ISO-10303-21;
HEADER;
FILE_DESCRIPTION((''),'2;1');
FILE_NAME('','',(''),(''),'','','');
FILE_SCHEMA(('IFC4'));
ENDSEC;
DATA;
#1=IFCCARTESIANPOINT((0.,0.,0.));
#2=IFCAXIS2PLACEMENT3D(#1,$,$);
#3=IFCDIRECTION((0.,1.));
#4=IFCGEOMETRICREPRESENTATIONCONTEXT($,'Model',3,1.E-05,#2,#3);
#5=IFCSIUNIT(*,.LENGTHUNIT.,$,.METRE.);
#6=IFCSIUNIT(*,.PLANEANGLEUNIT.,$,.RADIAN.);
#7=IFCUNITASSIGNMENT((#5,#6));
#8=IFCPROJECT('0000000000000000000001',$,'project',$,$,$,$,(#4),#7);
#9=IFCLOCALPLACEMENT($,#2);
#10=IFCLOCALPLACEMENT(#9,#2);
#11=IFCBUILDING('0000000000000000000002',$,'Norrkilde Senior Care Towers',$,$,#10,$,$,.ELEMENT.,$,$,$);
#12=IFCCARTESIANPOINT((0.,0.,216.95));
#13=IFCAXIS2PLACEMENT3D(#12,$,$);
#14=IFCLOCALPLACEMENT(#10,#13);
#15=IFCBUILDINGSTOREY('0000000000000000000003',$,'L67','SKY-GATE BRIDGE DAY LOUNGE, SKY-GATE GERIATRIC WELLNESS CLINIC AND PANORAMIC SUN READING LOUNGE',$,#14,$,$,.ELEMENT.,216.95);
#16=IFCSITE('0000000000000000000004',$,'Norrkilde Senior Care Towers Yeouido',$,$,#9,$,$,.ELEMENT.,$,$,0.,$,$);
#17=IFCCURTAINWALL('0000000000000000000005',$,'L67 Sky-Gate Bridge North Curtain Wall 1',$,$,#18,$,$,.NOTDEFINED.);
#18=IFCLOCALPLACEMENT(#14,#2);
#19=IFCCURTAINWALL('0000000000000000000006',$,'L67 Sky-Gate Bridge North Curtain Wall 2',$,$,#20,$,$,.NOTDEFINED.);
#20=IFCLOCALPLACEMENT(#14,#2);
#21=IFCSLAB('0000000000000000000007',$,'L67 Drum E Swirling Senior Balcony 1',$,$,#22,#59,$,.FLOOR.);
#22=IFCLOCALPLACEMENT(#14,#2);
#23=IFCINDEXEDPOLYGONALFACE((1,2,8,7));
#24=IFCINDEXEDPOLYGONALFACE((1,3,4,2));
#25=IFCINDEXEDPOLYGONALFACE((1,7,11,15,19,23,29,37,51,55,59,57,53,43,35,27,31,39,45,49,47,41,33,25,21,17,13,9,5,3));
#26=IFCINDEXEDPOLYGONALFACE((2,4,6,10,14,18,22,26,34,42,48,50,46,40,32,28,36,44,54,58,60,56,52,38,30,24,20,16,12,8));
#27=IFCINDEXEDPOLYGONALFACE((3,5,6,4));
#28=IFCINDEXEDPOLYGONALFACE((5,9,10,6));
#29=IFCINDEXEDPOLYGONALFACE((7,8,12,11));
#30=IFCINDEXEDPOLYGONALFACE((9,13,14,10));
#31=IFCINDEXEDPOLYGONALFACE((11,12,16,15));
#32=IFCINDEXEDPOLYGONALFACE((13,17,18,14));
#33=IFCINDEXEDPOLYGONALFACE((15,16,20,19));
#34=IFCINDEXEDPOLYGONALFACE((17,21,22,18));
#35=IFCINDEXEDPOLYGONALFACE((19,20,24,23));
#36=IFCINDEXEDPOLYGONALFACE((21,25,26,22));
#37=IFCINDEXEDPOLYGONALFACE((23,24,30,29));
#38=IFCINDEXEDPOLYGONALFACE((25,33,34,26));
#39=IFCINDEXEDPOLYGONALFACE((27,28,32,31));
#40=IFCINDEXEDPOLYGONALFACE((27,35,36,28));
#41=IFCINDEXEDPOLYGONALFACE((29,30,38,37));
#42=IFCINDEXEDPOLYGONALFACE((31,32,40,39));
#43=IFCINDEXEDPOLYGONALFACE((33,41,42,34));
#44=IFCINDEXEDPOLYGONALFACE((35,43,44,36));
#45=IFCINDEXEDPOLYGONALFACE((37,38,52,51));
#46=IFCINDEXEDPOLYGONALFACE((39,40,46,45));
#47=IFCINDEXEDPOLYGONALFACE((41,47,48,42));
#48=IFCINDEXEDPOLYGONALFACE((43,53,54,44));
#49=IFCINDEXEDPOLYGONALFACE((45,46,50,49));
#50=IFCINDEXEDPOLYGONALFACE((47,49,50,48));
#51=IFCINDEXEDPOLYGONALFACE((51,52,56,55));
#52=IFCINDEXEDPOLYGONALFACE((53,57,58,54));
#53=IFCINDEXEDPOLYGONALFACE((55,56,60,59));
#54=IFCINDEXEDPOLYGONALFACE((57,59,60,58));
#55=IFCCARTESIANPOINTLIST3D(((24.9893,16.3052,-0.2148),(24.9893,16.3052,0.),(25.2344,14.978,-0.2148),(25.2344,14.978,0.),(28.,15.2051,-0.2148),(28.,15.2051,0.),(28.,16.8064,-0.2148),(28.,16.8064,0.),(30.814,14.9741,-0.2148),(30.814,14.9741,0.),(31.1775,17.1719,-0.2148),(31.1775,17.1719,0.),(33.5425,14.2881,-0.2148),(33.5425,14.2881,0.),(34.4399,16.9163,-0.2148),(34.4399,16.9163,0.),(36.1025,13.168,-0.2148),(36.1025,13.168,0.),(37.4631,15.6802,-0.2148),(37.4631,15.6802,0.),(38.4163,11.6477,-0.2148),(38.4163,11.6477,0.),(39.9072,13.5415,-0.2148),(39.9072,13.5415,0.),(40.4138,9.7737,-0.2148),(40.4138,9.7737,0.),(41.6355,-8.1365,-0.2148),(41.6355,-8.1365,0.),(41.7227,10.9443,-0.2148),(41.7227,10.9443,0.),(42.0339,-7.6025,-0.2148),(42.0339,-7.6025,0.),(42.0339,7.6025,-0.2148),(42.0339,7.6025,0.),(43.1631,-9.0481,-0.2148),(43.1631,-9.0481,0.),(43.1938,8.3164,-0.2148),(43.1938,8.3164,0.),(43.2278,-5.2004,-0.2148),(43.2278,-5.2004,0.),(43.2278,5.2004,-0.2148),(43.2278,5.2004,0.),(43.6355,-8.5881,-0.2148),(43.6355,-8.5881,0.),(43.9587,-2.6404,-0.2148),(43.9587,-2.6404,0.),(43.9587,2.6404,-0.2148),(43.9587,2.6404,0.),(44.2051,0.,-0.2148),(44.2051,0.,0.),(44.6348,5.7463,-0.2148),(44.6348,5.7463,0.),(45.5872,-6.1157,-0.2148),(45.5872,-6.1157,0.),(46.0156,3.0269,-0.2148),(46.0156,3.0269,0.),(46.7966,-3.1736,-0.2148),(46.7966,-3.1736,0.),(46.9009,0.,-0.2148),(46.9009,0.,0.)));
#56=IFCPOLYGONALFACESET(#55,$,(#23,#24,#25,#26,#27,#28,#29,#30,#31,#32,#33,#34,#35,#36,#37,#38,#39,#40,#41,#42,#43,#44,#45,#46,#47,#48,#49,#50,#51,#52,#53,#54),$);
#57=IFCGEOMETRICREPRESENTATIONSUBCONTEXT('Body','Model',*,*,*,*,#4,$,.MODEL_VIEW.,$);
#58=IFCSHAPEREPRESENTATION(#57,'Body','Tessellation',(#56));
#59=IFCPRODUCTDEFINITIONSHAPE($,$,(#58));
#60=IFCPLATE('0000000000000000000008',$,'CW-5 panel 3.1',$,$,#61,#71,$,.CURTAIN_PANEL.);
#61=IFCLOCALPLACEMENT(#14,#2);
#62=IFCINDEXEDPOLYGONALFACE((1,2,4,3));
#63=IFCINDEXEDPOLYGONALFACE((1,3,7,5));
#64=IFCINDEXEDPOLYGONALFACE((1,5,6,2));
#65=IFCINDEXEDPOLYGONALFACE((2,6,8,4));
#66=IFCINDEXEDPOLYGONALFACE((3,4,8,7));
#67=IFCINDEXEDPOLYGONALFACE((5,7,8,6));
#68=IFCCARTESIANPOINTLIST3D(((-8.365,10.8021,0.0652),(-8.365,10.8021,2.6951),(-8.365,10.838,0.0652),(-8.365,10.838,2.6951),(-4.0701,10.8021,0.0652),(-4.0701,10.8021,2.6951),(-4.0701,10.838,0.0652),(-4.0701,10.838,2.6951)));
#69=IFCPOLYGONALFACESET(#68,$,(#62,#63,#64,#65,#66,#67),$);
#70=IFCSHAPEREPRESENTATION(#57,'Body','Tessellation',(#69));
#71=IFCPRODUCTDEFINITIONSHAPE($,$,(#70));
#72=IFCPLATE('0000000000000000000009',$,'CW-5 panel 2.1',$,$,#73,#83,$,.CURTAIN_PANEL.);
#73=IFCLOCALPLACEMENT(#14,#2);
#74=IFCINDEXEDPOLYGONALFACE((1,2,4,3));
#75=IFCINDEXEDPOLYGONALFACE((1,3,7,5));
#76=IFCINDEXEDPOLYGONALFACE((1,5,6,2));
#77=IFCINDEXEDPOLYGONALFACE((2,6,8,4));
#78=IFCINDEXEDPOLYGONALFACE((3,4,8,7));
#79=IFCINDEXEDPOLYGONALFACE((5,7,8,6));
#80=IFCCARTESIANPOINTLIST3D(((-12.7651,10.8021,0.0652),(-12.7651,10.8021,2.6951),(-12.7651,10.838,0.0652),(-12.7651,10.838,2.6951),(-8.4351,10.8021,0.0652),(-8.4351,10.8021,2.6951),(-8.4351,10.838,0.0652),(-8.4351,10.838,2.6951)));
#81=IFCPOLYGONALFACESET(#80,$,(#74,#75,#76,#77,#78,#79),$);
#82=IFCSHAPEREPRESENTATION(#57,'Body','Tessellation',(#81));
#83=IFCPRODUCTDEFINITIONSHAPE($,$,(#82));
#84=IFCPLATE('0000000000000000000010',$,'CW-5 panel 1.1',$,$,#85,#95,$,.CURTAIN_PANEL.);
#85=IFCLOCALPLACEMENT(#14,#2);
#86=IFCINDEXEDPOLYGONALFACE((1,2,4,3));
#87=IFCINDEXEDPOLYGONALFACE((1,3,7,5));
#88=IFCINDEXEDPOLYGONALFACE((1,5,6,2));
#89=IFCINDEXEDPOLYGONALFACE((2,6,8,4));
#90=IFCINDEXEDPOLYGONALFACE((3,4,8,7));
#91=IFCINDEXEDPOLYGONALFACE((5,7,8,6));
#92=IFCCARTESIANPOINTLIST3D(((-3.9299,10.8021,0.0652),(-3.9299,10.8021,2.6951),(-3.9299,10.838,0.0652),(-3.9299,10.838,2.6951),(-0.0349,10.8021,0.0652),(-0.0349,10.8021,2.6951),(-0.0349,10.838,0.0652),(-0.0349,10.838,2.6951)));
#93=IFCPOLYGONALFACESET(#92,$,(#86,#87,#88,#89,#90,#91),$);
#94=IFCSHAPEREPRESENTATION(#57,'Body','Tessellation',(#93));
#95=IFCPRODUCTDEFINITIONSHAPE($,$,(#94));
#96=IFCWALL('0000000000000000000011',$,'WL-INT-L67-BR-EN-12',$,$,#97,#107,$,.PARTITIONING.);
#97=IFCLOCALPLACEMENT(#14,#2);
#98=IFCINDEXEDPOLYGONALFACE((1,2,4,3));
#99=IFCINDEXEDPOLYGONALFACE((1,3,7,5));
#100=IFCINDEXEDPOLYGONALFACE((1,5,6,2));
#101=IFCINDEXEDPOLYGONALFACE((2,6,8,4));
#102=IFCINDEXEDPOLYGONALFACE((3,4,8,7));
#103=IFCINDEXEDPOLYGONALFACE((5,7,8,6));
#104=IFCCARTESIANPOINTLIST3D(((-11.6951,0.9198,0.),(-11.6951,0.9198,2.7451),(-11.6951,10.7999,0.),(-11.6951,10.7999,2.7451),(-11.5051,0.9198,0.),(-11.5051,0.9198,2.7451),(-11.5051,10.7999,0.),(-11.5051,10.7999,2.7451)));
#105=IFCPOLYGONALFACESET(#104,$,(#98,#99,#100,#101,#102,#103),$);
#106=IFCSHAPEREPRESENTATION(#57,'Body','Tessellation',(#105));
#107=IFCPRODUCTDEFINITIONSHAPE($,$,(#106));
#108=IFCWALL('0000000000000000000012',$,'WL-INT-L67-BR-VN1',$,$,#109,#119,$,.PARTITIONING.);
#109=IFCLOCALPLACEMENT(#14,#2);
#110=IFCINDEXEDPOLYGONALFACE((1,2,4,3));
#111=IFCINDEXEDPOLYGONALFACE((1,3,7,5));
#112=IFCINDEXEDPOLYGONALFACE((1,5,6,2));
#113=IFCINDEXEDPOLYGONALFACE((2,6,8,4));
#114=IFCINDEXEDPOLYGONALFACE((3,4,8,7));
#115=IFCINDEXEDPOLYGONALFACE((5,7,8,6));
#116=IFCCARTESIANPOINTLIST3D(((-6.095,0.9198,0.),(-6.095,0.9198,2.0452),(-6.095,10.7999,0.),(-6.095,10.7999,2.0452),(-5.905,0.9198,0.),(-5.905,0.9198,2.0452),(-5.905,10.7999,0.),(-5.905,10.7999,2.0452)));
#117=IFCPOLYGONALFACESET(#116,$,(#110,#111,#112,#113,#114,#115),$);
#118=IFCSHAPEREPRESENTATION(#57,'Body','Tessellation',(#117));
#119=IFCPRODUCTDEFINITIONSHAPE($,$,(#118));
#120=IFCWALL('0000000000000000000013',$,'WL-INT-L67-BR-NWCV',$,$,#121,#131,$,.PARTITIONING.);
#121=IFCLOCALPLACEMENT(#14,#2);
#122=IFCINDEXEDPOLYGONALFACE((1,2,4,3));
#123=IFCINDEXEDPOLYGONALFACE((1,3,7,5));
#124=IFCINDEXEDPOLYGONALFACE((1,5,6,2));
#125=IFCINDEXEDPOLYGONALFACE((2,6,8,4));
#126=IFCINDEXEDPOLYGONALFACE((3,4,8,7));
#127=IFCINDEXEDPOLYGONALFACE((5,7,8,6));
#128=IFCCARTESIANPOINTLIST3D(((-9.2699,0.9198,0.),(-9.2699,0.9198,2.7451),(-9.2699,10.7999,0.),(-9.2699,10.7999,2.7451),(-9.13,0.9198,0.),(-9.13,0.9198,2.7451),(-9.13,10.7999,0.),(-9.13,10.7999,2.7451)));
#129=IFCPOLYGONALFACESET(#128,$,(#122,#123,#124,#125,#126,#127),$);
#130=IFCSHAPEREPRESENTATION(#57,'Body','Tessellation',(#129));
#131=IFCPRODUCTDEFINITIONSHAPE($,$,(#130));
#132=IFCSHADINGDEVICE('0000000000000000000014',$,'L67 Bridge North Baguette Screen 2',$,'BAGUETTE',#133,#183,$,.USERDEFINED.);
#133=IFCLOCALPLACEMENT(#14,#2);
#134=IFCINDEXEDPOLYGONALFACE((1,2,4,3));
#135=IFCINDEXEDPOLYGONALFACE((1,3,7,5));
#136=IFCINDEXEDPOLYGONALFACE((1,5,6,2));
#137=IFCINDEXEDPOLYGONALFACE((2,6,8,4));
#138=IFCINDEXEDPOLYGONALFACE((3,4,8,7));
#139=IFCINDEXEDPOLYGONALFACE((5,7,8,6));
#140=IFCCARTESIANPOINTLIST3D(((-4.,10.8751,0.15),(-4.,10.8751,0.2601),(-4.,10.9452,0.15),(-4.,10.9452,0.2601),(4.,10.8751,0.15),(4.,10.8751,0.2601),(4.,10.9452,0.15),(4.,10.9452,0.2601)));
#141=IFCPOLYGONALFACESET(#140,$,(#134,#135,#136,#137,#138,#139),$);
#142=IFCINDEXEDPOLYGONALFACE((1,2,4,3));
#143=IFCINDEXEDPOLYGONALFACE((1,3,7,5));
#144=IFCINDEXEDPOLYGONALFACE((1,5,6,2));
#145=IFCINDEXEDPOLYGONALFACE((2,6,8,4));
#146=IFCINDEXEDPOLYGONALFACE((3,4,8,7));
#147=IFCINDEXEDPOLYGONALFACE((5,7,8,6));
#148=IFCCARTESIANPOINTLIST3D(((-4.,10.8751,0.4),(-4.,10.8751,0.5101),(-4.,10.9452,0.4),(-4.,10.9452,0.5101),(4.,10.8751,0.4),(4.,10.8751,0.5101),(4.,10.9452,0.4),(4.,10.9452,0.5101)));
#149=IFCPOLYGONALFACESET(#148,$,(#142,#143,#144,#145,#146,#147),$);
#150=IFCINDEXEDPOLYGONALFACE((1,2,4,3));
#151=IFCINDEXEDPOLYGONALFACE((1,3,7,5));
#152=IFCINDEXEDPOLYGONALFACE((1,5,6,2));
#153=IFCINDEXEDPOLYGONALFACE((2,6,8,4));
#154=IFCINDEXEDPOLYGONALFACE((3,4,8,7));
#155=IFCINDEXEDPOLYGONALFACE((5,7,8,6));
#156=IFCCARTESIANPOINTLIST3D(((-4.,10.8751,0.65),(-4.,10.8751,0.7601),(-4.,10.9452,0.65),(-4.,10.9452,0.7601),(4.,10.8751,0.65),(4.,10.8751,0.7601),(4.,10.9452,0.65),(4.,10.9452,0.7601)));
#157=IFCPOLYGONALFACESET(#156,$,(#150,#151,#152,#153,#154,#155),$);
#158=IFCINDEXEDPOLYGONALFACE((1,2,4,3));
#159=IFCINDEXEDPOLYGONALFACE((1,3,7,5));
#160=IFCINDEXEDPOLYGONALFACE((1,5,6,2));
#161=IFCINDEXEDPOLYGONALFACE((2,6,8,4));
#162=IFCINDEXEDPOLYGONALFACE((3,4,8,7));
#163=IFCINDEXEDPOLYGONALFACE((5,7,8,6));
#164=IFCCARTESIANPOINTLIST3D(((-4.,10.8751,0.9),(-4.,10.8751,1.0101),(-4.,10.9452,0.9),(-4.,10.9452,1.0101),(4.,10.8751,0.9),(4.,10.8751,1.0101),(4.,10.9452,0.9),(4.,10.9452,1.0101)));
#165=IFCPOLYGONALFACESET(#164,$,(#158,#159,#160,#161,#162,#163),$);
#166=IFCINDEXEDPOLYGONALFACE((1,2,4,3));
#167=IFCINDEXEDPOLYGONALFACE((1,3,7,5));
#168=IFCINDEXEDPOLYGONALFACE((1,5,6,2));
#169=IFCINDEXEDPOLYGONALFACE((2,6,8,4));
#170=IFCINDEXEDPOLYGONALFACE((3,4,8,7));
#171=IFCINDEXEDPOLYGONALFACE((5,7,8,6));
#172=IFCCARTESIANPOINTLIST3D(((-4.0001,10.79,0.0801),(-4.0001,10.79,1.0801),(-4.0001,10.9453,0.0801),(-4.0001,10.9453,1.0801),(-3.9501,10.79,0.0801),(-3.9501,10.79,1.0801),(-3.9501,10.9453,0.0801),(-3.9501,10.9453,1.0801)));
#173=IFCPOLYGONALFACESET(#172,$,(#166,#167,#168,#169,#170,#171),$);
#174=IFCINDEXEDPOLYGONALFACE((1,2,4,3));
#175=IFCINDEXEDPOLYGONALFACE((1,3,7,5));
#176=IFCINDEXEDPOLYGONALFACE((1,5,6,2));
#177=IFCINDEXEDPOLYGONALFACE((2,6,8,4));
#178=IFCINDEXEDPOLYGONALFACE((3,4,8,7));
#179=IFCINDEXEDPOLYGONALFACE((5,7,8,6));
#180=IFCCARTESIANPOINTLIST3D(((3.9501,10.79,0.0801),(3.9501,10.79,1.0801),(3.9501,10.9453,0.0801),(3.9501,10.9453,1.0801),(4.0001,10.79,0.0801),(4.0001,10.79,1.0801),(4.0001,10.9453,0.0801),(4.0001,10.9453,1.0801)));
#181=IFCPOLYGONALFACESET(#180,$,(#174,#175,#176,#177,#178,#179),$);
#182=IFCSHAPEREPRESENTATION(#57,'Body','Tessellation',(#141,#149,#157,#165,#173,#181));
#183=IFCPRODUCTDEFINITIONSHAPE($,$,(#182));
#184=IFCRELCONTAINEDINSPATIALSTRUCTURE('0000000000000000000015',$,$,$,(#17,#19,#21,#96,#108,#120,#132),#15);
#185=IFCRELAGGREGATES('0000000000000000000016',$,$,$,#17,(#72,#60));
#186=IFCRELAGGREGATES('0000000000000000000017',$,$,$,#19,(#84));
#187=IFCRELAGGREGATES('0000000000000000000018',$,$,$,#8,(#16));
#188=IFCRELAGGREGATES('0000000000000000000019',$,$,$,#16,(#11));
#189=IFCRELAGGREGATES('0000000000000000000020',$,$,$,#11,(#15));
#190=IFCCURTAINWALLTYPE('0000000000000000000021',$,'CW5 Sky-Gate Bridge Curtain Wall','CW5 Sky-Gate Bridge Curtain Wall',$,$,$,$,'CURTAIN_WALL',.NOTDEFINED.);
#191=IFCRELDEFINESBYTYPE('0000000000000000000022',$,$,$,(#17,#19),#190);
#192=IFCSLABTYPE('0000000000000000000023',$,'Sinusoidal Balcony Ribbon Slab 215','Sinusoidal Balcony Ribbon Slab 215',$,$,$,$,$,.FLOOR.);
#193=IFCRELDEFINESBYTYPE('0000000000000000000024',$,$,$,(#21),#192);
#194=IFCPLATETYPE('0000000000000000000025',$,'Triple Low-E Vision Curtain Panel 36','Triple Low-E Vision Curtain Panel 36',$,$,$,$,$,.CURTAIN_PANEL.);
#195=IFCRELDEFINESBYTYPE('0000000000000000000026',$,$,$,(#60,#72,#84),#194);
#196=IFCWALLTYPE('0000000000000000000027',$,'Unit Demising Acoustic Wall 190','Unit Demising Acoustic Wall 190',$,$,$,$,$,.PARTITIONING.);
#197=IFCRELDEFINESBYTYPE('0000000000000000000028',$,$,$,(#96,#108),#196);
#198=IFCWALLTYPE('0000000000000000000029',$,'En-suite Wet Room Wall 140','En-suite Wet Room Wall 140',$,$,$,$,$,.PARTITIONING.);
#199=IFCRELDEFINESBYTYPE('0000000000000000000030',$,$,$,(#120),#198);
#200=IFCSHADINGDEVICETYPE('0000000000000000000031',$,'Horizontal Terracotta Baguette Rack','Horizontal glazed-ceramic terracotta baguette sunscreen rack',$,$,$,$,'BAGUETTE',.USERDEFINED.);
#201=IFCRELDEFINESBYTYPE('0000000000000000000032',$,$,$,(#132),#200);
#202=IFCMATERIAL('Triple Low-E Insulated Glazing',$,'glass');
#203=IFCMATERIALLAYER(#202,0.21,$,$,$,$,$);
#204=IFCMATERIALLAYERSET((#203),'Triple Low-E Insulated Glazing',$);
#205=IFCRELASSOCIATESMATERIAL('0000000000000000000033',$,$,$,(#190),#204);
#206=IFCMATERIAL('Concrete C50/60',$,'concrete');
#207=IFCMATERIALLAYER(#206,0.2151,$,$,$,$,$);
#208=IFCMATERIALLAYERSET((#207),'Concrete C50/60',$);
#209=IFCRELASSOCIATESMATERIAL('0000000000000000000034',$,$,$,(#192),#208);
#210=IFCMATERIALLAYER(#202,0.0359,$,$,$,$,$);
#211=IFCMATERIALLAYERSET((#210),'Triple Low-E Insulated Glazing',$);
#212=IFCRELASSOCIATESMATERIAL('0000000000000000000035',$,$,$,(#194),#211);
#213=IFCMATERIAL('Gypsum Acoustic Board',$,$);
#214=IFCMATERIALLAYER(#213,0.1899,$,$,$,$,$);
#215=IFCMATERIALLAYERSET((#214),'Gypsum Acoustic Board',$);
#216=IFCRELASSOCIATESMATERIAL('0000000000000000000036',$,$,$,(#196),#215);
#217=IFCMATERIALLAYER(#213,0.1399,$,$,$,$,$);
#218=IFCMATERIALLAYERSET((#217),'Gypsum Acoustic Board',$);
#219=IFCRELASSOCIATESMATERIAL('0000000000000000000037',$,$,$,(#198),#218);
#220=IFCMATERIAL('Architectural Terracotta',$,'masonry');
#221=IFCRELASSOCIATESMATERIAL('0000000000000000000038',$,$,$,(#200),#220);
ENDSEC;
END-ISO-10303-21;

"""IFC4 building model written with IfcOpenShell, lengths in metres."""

from ifc_helpers import new_model, si_unit, direction, frame, frame_2d, origin, origin_2d, place, context, subcontext, project, spatial, polyline, rectangle, outline, extrude, source, transform, mapped, material, layer, layer_set, type_object, type_shapes, element, aggregate, save


model = new_model("IFC4")

# Units and contexts
model_context = context("Model", 3, precision=1e-05, world=origin(), true_north=direction((0.0, 1.0)))
body_context = subcontext(model_context, "Body", "Model", "MODEL_VIEW")
ifc_project = project(units=[si_unit("LENGTHUNIT", "METRE"), si_unit("PLANEANGLEUNIT", "RADIAN")], contexts=[model_context])

# Site, building, storey
site_placement = place(None, origin())
site = spatial("IfcSite", under=ifc_project, at=site_placement, Name="Norrkilde Senior Care Towers Yeouido", CompositionType="ELEMENT", RefElevation=0.0)
building_placement = place(site_placement, origin())
building = spatial("IfcBuilding", under=site, at=building_placement, Name="Norrkilde Senior Care Towers", CompositionType="ELEMENT")
storey_placement = place(building_placement, frame((0.0, 0.0, 216.95)))
storey = spatial("IfcBuildingStorey", under=building, at=storey_placement, Name="L67", Description="SKY-GATE BRIDGE DAY LOUNGE, SKY-GATE GERIATRIC WELLNESS CLINIC AND PANORAMIC SUN READING LOUNGE", CompositionType="ELEMENT", Elevation=216.95)

# Curtain walls
ifc_material_1 = material(Name="Triple Low-E Insulated Glazing", Category="glass")
ifc_layer_1 = layer(ifc_material_1, 0.21)
ifc_layer_set_1 = layer_set([ifc_layer_1], Name="Triple Low-E Insulated Glazing")
curtain_wall_type = type_object("IfcCurtainWallType", Name="CW5 Sky-Gate Bridge Curtain Wall", Description="CW5 Sky-Gate Bridge Curtain Wall", ElementType="CURTAIN_WALL", PredefinedType="NOTDEFINED", material=ifc_layer_set_1)
curtain_wall_1_placement = place(storey_placement, origin())
curtain_wall_1 = element("IfcCurtainWall", 1, at=curtain_wall_1_placement, inside=storey, type_object=curtain_wall_type, Name="L67 Sky-Gate Bridge North Curtain Wall 1", PredefinedType="NOTDEFINED")
curtain_wall_2_placement = place(storey_placement, origin())
curtain_wall_2 = element("IfcCurtainWall", 2, at=curtain_wall_2_placement, inside=storey, type_object=curtain_wall_type, Name="L67 Sky-Gate Bridge North Curtain Wall 2", PredefinedType="NOTDEFINED")

# Slab
ifc_material_2 = material(Name="Concrete C50/60", Category="concrete")
ifc_layer_2 = layer(ifc_material_2, 0.2151)
ifc_layer_set_2 = layer_set([ifc_layer_2], Name="Concrete C50/60")
slab_type_1 = type_object("IfcSlabType", Name="Sinusoidal Balcony Ribbon Slab 215", Description="Sinusoidal Balcony Ribbon Slab 215", PredefinedType="FLOOR", material=ifc_layer_set_2)
slab_1_placement = place(storey_placement, frame((0.0, 0.0, -0.2148)))
element("IfcSlab", 3, at=slab_1_placement, inside=storey, type_object=slab_type_1, Name="L67 Drum E Swirling Senior Balcony 1", PredefinedType="FLOOR", context=body_context, shape_type="SweptSolid", body=[
    extrude(outline(polyline([(43.1631, -9.0481), (41.6355, -8.1365), (42.0339, -7.6025), (43.2278, -5.2004), (43.9587, -2.6404), (44.2051, 0.0), (43.9587, 2.6404), (43.2278, 5.2004), (42.0339, 7.6025), (40.4138, 9.7737), (38.4163, 11.6477), (36.1025, 13.168), (33.5425, 14.2881), (30.814, 14.9741), (28.0, 15.2051), (25.2344, 14.978), (24.9893, 16.3052), (28.0, 16.8064), (31.1775, 17.1719), (34.4399, 16.9163), (37.4631, 15.6802), (39.9072, 13.5415), (41.7227, 10.9443), (43.1938, 8.3164), (44.6348, 5.7463), (46.0156, 3.0269), (46.9009, 0.0), (46.7966, -3.1736), (45.5872, -6.1157), (43.6355, -8.5881), (43.1631, -9.0481)])), origin(), (0.0, 0.0, 1.0), 0.2148),
])

# Plates
ifc_layer_3 = layer(ifc_material_1, 0.0359)
ifc_layer_set_3 = layer_set([ifc_layer_3], Name="Triple Low-E Insulated Glazing")
plate_type = type_object("IfcPlateType", Name="Triple Low-E Vision Curtain Panel 36", Description="Triple Low-E Vision Curtain Panel 36", PredefinedType="CURTAIN_PANEL", material=ifc_layer_set_3)
shared_shape_1 = source(origin(), body_context, "Body", "SweptSolid", [
    extrude(rectangle(XDim=4.2949, YDim=0.0359, at=origin_2d()), origin(), (0.0, 0.0, 1.0), 2.6299),
])
plate_1_placement = place(storey_placement, frame((-6.2175, 10.8201, 0.0652), z_axis=(0.0, 0.0, 1.0), x_axis=(1.0, 0.0, 0.0)))
plate_1 = element("IfcPlate", 4, at=plate_1_placement, type_object=plate_type, Name="CW-5 panel 3.1", PredefinedType="CURTAIN_PANEL", context=body_context, shape_type="MappedRepresentation", body=[
    mapped(shared_shape_1, transform((0.0, 0.0, 0.0), x_axis=(1.0, 0.0, 0.0), y_axis=(0.0, 1.0, 0.0), z_axis=(0.0, 0.0, 1.0), scale=1.0)),
])
shared_shape_2 = source(origin(), body_context, "Body", "SweptSolid", [
    extrude(rectangle(XDim=4.3301, YDim=0.0359, at=origin_2d()), origin(), (0.0, 0.0, 1.0), 2.6299),
])
plate_2_placement = place(storey_placement, frame((-10.6001, 10.8201, 0.0652), z_axis=(0.0, 0.0, 1.0), x_axis=(1.0, 0.0, 0.0)))
plate_2 = element("IfcPlate", 5, at=plate_2_placement, type_object=plate_type, Name="CW-5 panel 2.1", PredefinedType="CURTAIN_PANEL", context=body_context, shape_type="MappedRepresentation", body=[
    mapped(shared_shape_2, transform((0.0, 0.0, 0.0), x_axis=(1.0, 0.0, 0.0), y_axis=(0.0, 1.0, 0.0), z_axis=(0.0, 0.0, 1.0), scale=1.0)),
])
aggregate(curtain_wall_1, [plate_2, plate_1])
shared_shape_3 = source(origin(), body_context, "Body", "SweptSolid", [
    extrude(rectangle(XDim=3.895, YDim=0.0359, at=origin_2d()), origin(), (0.0, 0.0, 1.0), 2.6299),
])
type_shapes(plate_type, [shared_shape_1, shared_shape_2, shared_shape_3])
plate_3_placement = place(storey_placement, frame((-1.9824, 10.8201, 0.0652), z_axis=(0.0, 0.0, 1.0), x_axis=(1.0, 0.0, 0.0)))
plate_3 = element("IfcPlate", 6, at=plate_3_placement, type_object=plate_type, Name="CW-5 panel 1.1", PredefinedType="CURTAIN_PANEL", context=body_context, shape_type="MappedRepresentation", body=[
    mapped(shared_shape_3, transform((0.0, 0.0, 0.0), x_axis=(1.0, 0.0, 0.0), y_axis=(0.0, 1.0, 0.0), z_axis=(0.0, 0.0, 1.0), scale=1.0)),
])
aggregate(curtain_wall_2, [plate_3])

# Walls
ifc_material_3 = material(Name="Gypsum Acoustic Board")
ifc_layer_4 = layer(ifc_material_3, 0.1899)
ifc_layer_set_4 = layer_set([ifc_layer_4], Name="Gypsum Acoustic Board")
wall_type_1 = type_object("IfcWallType", Name="Unit Demising Acoustic Wall 190", Description="Unit Demising Acoustic Wall 190", PredefinedType="PARTITIONING", material=ifc_layer_set_4)
shared_shape_4 = source(origin(), body_context, "Body", "SweptSolid", [
    extrude(rectangle(XDim=9.8801, YDim=0.1899, at=frame_2d((4.9399, 0.0))), origin(), (0.0, 0.0, 1.0), 2.7451),
])
wall_1_placement = place(storey_placement, frame((-11.6001, 0.9199, 0.0), z_axis=(0.0, 0.0, 1.0), x_axis=(0.0, 1.0, 0.0)))
element("IfcWall", 7, at=wall_1_placement, inside=storey, type_object=wall_type_1, Name="WL-INT-L67-BR-EN-12", PredefinedType="PARTITIONING", context=body_context, shape_type="MappedRepresentation", body=[
    mapped(shared_shape_4, transform((0.0, 0.0, 0.0), x_axis=(1.0, 0.0, 0.0), y_axis=(0.0, 1.0, 0.0), z_axis=(0.0, 0.0, 1.0), scale=1.0)),
])
shared_shape_5 = source(origin(), body_context, "Body", "SweptSolid", [
    extrude(rectangle(XDim=9.8801, YDim=0.1899, at=frame_2d((4.9399, 0.0))), origin(), (0.0, 0.0, 1.0), 2.0452),
])
type_shapes(wall_type_1, [shared_shape_4, shared_shape_5])
wall_2_placement = place(storey_placement, frame((-6.0, 0.9199, 0.0), z_axis=(0.0, 0.0, 1.0), x_axis=(0.0, 1.0, 0.0)))
element("IfcWall", 8, at=wall_2_placement, inside=storey, type_object=wall_type_1, Name="WL-INT-L67-BR-VN1", PredefinedType="PARTITIONING", context=body_context, shape_type="MappedRepresentation", body=[
    mapped(shared_shape_5, transform((0.0, 0.0, 0.0), x_axis=(1.0, 0.0, 0.0), y_axis=(0.0, 1.0, 0.0), z_axis=(0.0, 0.0, 1.0), scale=1.0)),
])
ifc_layer_5 = layer(ifc_material_3, 0.1399)
ifc_layer_set_5 = layer_set([ifc_layer_5], Name="Gypsum Acoustic Board")
wall_type_2 = type_object("IfcWallType", Name="En-suite Wet Room Wall 140", Description="En-suite Wet Room Wall 140", PredefinedType="PARTITIONING", material=ifc_layer_set_5)
shared_shape_6 = source(origin(), body_context, "Body", "SweptSolid", [
    extrude(rectangle(XDim=9.8801, YDim=0.1399, at=frame_2d((4.9399, 0.0))), origin(), (0.0, 0.0, 1.0), 2.7451),
])
type_shapes(wall_type_2, [shared_shape_6])
wall_3_placement = place(storey_placement, frame((-9.2, 0.9199, 0.0), z_axis=(0.0, 0.0, 1.0), x_axis=(0.0, 1.0, 0.0)))
element("IfcWall", 9, at=wall_3_placement, inside=storey, type_object=wall_type_2, Name="WL-INT-L67-BR-NWCV", PredefinedType="PARTITIONING", context=body_context, shape_type="MappedRepresentation", body=[
    mapped(shared_shape_6, transform((0.0, 0.0, 0.0), x_axis=(1.0, 0.0, 0.0), y_axis=(0.0, 1.0, 0.0), z_axis=(0.0, 0.0, 1.0), scale=1.0)),
])

# Shading device
ifc_material_4 = material(Name="Architectural Terracotta", Category="masonry")
shading_device_type = type_object("IfcShadingDeviceType", Name="Horizontal Terracotta Baguette Rack", Description="Horizontal glazed-ceramic terracotta baguette sunscreen rack", ElementType="BAGUETTE", PredefinedType="USERDEFINED", material=ifc_material_4)
shared_shape_7 = source(origin(), body_context, "Body", "SweptSolid", [
    extrude(rectangle(XDim=0.0701, YDim=0.1101, at=origin_2d()), frame((0.0, 0.0901, 0.125), z_axis=(1.0, 0.0, 0.0), x_axis=(0.0, 1.0, 0.0)), (0.0, 0.0, 1.0), 8.0),
    extrude(rectangle(XDim=0.0701, YDim=0.1101, at=origin_2d()), frame((0.0, 0.0901, 0.375), z_axis=(1.0, 0.0, 0.0), x_axis=(0.0, 1.0, 0.0)), (0.0, 0.0, 1.0), 8.0),
    extrude(rectangle(XDim=0.0701, YDim=0.1101, at=origin_2d()), frame((0.0, 0.0901, 0.625), z_axis=(1.0, 0.0, 0.0), x_axis=(0.0, 1.0, 0.0)), (0.0, 0.0, 1.0), 8.0),
    extrude(rectangle(XDim=0.0701, YDim=0.1101, at=origin_2d()), frame((0.0, 0.0901, 0.875), z_axis=(1.0, 0.0, 0.0), x_axis=(0.0, 1.0, 0.0)), (0.0, 0.0, 1.0), 8.0),
    extrude(rectangle(XDim=0.05, YDim=0.1553, at=origin_2d()), frame((0.0249, 0.0476, 0.0)), (0.0, 0.0, 1.0), 1.0),
    extrude(rectangle(XDim=0.05, YDim=0.1553, at=origin_2d()), frame((7.9751, 0.0476, 0.0)), (0.0, 0.0, 1.0), 1.0),
])
type_shapes(shading_device_type, [shared_shape_7])
shading_device_placement = place(storey_placement, frame((-4.0, 10.8201, 0.0801), z_axis=(0.0, 0.0, 1.0), x_axis=(1.0, 0.0, 0.0)))
element("IfcShadingDevice", 10, at=shading_device_placement, inside=storey, type_object=shading_device_type, Name="L67 Bridge North Baguette Screen 2", ObjectType="BAGUETTE", PredefinedType="USERDEFINED", context=body_context, shape_type="MappedRepresentation", body=[
    mapped(shared_shape_7, transform((0.0, 0.0, 0.0), x_axis=(1.0, 0.0, 0.0), y_axis=(0.0, 1.0, 0.0), z_axis=(0.0, 0.0, 1.0), scale=1.0)),
])

save(model, "model.ifc")
